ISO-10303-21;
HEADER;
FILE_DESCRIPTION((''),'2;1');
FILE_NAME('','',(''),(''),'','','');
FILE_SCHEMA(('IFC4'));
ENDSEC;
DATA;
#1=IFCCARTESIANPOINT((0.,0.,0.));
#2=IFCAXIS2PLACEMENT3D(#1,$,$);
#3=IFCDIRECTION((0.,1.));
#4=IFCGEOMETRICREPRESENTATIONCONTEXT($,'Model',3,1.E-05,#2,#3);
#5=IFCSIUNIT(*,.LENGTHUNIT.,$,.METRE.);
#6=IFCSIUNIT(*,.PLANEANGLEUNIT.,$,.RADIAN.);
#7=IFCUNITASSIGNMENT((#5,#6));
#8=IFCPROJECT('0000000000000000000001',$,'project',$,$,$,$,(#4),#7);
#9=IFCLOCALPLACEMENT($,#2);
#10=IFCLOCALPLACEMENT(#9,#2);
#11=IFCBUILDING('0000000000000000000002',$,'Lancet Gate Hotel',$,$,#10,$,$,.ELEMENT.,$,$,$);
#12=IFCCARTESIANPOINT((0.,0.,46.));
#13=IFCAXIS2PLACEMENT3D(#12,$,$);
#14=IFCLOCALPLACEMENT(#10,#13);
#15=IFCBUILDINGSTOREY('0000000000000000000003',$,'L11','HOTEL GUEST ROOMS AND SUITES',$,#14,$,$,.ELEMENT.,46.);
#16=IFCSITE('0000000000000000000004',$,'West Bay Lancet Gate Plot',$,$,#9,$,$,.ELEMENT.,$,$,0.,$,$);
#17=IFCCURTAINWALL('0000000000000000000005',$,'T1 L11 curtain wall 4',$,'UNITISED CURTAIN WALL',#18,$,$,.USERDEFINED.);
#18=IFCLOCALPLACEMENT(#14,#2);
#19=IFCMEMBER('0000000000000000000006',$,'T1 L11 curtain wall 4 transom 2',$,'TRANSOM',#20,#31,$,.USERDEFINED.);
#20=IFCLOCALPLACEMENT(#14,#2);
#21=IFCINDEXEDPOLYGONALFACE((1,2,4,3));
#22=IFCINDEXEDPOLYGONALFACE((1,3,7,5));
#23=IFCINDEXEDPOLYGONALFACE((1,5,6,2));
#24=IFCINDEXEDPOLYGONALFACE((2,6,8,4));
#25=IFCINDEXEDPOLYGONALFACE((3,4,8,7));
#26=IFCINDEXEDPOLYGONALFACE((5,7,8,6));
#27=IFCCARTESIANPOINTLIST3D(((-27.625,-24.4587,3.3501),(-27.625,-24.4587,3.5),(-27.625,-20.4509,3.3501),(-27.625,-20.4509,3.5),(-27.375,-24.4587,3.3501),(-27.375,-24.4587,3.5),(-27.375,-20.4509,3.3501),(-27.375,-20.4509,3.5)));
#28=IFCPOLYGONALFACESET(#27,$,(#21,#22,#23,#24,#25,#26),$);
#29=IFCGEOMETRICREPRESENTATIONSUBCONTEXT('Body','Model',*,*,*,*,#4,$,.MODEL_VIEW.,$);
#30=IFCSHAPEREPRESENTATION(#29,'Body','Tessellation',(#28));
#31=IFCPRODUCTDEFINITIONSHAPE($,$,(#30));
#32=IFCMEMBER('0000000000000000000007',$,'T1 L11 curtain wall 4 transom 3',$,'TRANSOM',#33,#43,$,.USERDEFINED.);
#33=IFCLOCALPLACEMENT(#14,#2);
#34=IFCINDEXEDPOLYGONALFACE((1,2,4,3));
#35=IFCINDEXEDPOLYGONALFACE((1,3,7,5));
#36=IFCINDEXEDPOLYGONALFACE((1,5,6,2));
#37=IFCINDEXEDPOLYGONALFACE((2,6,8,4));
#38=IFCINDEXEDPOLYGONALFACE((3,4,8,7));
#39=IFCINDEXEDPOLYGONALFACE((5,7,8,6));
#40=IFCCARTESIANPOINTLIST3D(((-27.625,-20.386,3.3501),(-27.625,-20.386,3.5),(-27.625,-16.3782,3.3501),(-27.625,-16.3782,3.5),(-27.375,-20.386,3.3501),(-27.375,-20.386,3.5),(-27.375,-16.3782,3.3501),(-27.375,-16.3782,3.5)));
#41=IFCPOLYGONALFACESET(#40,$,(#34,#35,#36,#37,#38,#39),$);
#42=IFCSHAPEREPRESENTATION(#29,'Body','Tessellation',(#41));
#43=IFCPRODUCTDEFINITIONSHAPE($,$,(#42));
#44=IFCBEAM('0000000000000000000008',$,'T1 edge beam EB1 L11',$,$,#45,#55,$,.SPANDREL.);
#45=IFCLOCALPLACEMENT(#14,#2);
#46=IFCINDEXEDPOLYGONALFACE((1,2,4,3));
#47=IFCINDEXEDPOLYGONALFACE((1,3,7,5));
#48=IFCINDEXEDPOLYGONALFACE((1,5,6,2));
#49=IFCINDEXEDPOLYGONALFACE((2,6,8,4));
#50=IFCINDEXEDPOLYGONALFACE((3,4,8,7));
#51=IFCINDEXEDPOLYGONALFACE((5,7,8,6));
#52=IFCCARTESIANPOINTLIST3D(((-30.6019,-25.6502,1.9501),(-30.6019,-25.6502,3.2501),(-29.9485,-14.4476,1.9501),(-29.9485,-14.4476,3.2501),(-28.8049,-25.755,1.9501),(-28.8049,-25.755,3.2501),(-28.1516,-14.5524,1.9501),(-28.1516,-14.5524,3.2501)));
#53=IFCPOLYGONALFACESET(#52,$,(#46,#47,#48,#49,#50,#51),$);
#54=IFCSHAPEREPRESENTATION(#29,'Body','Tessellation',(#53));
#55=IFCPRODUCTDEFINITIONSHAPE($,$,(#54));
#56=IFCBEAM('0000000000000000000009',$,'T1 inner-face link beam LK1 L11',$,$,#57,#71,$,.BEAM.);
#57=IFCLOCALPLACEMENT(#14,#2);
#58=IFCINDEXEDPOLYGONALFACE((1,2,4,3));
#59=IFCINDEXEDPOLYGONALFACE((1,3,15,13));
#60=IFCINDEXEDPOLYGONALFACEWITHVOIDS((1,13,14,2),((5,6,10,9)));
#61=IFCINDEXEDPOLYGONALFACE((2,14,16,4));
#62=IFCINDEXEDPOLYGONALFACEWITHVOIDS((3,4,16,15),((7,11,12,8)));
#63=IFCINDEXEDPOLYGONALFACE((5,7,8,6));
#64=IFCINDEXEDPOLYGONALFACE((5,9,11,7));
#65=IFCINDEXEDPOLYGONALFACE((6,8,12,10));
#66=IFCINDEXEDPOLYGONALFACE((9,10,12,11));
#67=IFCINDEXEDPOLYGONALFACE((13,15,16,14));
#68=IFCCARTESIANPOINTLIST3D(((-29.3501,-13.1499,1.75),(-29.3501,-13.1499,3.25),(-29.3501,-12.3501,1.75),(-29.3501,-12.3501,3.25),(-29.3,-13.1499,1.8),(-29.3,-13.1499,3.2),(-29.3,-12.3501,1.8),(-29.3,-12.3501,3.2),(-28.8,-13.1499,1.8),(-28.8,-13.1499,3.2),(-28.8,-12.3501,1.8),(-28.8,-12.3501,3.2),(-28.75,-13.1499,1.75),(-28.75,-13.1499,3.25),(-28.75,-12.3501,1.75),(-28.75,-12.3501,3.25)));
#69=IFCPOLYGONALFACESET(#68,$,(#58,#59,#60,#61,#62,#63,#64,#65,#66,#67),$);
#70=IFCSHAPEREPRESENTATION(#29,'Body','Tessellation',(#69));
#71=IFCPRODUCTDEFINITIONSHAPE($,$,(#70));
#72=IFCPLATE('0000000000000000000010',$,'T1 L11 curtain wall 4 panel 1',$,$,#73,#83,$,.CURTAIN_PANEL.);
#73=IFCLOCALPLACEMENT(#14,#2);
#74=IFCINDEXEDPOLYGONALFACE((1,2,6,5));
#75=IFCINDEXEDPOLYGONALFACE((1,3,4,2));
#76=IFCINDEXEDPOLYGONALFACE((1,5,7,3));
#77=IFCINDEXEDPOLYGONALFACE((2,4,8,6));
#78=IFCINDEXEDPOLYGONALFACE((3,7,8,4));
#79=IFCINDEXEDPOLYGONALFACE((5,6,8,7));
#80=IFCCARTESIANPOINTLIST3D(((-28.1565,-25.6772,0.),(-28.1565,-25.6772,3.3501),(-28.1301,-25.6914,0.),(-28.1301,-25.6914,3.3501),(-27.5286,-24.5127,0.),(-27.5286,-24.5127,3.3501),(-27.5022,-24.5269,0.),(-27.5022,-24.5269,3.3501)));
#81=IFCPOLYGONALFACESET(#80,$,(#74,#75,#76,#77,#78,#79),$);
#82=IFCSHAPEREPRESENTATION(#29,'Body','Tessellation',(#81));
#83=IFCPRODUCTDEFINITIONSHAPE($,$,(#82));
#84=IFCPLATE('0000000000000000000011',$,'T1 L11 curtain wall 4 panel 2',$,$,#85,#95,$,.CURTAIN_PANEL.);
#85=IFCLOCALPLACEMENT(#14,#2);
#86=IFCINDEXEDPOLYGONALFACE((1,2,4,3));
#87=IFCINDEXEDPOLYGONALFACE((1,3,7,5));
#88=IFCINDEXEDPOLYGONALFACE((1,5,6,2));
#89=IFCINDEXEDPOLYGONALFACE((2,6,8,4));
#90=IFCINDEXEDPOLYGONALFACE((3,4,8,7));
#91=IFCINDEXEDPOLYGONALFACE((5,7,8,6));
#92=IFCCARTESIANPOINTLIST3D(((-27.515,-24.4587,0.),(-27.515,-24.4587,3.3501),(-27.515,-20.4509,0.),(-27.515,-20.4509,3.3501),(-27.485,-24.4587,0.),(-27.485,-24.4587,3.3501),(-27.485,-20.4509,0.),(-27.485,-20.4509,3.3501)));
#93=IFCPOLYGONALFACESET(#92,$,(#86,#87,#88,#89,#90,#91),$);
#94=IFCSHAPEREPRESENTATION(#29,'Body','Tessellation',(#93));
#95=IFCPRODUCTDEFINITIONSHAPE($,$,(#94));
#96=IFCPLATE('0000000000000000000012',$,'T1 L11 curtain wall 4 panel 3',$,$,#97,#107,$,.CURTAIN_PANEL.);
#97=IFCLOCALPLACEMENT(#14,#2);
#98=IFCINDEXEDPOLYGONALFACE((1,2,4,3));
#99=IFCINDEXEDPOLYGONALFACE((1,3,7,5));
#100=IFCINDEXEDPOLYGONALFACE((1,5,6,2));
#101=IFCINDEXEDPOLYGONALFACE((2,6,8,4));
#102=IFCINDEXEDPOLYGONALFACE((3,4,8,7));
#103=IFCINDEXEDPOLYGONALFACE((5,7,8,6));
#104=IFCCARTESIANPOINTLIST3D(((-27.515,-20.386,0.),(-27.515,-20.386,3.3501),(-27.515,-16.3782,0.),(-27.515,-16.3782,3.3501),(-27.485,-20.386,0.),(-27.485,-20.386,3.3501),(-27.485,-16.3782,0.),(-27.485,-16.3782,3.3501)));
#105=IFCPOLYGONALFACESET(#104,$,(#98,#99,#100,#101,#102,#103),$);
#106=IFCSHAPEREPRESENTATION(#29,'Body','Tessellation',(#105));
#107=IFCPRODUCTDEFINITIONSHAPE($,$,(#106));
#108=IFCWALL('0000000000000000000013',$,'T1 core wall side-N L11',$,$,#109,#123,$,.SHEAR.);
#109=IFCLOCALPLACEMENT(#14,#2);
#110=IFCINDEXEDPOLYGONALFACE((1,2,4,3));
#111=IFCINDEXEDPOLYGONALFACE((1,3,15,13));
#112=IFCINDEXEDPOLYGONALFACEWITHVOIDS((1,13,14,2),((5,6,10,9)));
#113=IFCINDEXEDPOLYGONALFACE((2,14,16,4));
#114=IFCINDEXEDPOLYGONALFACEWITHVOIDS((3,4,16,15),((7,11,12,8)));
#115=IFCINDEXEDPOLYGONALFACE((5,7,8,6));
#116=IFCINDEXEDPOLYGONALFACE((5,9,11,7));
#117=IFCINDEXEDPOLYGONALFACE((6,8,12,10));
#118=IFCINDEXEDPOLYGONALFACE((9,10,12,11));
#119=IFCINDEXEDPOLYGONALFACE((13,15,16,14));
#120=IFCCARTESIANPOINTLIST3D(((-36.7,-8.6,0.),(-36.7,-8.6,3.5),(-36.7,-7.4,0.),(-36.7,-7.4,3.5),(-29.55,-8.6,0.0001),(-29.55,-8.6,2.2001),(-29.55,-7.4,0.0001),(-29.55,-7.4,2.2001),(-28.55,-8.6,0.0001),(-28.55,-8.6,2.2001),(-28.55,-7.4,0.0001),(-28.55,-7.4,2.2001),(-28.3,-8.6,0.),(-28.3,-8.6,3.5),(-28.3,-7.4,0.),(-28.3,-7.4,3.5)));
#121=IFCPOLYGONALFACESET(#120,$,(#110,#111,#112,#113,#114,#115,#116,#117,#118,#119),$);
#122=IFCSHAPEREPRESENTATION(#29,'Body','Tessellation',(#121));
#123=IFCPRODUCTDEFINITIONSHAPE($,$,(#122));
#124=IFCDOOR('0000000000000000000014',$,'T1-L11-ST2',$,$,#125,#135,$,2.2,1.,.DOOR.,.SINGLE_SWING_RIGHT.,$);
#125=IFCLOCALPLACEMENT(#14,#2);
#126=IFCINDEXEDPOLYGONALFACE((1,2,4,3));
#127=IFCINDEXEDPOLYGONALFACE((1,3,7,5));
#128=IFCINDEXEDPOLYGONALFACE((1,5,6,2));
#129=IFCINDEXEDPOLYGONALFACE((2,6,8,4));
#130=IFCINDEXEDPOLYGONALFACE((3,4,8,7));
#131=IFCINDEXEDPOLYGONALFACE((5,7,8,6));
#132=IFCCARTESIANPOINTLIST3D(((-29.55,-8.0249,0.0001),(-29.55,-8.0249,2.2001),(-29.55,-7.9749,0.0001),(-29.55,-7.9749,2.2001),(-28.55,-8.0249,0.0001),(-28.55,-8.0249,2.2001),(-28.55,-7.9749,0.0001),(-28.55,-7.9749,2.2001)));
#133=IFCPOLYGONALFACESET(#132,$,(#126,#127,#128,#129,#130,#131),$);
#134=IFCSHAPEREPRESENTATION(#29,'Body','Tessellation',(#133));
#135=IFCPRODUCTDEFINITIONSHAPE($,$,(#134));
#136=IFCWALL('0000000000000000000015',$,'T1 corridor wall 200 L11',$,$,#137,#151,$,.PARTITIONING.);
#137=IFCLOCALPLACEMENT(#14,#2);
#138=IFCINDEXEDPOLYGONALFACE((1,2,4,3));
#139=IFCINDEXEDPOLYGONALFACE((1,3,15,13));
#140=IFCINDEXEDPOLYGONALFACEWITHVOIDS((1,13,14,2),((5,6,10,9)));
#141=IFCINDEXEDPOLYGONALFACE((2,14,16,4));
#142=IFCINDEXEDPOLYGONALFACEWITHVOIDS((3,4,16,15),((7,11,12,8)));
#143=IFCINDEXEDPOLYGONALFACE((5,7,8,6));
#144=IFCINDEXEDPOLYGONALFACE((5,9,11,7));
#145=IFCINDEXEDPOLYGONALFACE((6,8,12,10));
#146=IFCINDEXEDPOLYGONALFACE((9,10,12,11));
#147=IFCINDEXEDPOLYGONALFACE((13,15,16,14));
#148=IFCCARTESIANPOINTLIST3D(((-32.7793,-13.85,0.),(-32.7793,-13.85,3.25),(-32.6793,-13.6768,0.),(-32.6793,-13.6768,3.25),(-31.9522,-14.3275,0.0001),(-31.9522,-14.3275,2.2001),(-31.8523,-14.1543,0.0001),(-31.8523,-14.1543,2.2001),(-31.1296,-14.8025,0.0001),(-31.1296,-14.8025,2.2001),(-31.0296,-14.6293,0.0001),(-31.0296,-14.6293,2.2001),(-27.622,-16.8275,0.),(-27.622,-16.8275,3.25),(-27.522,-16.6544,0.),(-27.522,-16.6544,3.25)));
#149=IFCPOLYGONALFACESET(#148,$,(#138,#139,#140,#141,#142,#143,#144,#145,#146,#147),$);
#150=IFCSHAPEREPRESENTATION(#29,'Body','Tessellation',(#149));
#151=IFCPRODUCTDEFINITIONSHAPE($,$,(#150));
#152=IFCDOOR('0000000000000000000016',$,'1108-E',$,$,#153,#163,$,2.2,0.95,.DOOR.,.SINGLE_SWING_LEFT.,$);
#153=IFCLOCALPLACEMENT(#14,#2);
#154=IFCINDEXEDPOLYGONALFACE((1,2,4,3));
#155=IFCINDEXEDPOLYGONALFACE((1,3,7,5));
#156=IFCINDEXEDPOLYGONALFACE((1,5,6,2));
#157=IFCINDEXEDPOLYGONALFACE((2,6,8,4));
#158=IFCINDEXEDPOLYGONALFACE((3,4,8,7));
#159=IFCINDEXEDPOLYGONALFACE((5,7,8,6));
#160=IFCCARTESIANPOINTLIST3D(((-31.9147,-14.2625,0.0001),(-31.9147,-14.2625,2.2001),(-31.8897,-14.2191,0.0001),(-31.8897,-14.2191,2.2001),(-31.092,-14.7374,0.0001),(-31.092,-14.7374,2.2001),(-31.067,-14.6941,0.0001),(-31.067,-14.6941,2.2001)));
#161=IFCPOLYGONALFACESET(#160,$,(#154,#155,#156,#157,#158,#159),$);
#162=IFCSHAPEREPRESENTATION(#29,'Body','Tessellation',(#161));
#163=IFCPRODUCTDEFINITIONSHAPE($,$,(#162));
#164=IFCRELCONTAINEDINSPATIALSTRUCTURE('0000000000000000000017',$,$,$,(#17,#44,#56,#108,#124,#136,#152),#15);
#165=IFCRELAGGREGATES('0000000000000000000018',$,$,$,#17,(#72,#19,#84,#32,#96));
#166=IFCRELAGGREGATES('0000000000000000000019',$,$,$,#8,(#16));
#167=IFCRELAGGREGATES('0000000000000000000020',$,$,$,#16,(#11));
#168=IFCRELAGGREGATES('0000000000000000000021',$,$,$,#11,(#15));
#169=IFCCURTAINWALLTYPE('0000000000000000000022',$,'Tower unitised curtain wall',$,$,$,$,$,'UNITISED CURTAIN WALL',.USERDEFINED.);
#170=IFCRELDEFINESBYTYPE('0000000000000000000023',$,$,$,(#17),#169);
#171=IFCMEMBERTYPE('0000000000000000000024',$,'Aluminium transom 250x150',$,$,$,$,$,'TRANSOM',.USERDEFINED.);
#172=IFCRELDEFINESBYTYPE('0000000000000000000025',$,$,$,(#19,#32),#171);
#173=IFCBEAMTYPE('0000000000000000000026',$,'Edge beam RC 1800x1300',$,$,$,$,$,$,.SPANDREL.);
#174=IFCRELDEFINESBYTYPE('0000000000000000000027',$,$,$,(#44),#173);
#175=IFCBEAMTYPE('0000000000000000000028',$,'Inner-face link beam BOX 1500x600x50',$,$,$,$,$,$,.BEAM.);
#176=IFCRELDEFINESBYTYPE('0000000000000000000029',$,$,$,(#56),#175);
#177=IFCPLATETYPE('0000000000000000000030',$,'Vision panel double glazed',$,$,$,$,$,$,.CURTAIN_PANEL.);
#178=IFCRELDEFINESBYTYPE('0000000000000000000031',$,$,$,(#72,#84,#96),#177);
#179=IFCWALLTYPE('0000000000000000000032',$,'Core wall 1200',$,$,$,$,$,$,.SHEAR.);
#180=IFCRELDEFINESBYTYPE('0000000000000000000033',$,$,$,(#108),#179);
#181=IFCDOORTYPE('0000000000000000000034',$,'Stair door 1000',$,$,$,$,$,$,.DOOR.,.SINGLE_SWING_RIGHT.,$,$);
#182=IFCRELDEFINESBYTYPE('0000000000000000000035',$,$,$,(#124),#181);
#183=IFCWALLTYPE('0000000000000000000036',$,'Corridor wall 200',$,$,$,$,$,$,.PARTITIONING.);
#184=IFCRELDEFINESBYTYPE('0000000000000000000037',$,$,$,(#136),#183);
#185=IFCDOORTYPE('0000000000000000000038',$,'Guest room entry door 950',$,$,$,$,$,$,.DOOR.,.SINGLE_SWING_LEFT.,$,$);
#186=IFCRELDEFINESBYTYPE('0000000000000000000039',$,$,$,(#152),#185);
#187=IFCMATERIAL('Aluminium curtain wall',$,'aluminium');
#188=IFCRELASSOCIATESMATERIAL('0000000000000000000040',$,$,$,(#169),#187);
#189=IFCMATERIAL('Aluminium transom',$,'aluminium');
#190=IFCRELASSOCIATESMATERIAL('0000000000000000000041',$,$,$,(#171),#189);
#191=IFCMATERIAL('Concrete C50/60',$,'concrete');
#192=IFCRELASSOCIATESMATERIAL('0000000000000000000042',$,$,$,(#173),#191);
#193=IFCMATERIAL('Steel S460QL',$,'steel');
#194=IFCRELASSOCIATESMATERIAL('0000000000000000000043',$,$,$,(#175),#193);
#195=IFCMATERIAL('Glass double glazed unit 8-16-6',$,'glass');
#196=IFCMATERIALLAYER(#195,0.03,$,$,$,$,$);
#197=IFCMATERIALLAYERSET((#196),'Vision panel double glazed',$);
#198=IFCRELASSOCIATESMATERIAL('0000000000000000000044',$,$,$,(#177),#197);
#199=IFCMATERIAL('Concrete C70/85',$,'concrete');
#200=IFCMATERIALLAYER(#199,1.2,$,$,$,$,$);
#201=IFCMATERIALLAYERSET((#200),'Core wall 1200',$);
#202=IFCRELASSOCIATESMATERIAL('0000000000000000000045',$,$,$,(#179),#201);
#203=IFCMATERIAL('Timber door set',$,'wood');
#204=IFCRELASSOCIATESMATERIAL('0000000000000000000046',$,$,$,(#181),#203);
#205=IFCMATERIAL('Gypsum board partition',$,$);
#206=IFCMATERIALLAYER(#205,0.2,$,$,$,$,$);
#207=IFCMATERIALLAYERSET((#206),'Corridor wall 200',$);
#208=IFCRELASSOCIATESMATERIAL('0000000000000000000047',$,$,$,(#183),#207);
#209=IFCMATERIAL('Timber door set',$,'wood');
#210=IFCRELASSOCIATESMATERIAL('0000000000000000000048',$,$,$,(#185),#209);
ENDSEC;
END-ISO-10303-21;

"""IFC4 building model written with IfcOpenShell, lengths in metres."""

from ifc_helpers import new_model, si_unit, direction, frame, frame_2d, origin, origin_2d, place, context, subcontext, project, spatial, rectangle, hollow_rectangle, extrude, material, layer, layer_set, material_profile, profile_set, type_object, element, fill, aggregate, save


model = new_model("IFC4")

# Units and contexts
model_context = context("Model", 3, precision=1e-05, world=origin(), true_north=direction((0.0, 1.0)))
body_context = subcontext(model_context, "Body", "Model", "MODEL_VIEW")
ifc_project = project(units=[si_unit("LENGTHUNIT", "METRE"), si_unit("PLANEANGLEUNIT", "RADIAN")], contexts=[model_context])

# Site, building, storey
site_placement = place(None, origin())
site = spatial("IfcSite", under=ifc_project, at=site_placement, Name="West Bay Lancet Gate Plot", CompositionType="ELEMENT", RefElevation=0.0)
building_placement = place(site_placement, origin())
building = spatial("IfcBuilding", under=site, at=building_placement, Name="Lancet Gate Hotel", CompositionType="ELEMENT")
storey_placement = place(building_placement, frame((0.0, 0.0, 46.0)))
storey = spatial("IfcBuildingStorey", under=building, at=storey_placement, Name="L11", Description="HOTEL GUEST ROOMS AND SUITES", CompositionType="ELEMENT", Elevation=46.0)

# Curtain wall, members
ifc_material_1 = material(Name="Aluminium curtain wall", Category="aluminium")
curtain_wall_type = type_object("IfcCurtainWallType", Name="Tower unitised curtain wall", ElementType="UNITISED CURTAIN WALL", PredefinedType="USERDEFINED", material=ifc_material_1)
curtain_wall_placement = place(storey_placement, origin())
curtain_wall = element("IfcCurtainWall", 1, at=curtain_wall_placement, inside=storey, type_object=curtain_wall_type, Name="T1 L11 curtain wall 4", ObjectType="UNITISED CURTAIN WALL", PredefinedType="USERDEFINED")
ifc_material_2 = material(Name="Aluminium transom", Category="aluminium")
ifc_material_profile_1 = material_profile(ifc_material_2, rectangle(XDim=0.25, YDim=0.1499, at=origin_2d()), Name="TRANSOM 250x150")
ifc_profile_set_1 = profile_set([ifc_material_profile_1], Name="Aluminium transom")
member_type_1 = type_object("IfcMemberType", Name="Aluminium transom 250x150", ElementType="TRANSOM", PredefinedType="USERDEFINED", material=ifc_profile_set_1)
member_1_placement = place(storey_placement, frame((-27.5, -24.4587, 3.425), z_axis=(0.0, 1.0, 0.0), x_axis=(-1.0, 0.0, 0.0)))
member_1 = element("IfcMember", 2, at=member_1_placement, type_object=member_type_1, Name="T1 L11 curtain wall 4 transom 2", ObjectType="TRANSOM", PredefinedType="USERDEFINED", context=body_context, shape_type="SweptSolid", body=[
    extrude(rectangle(XDim=0.25, YDim=0.1499, at=origin_2d()), origin(), (0.0, 0.0, 1.0), 4.0078),
])
member_2_placement = place(storey_placement, frame((-27.5, -20.386, 3.425), z_axis=(0.0, 1.0, 0.0), x_axis=(-1.0, 0.0, 0.0)))
member_2 = element("IfcMember", 3, at=member_2_placement, type_object=member_type_1, Name="T1 L11 curtain wall 4 transom 3", ObjectType="TRANSOM", PredefinedType="USERDEFINED", context=body_context, shape_type="SweptSolid", body=[
    extrude(rectangle(XDim=0.25, YDim=0.1499, at=origin_2d()), origin(), (0.0, 0.0, 1.0), 4.0078),
])

# Beams
ifc_material_3 = material(Name="Concrete C50/60", Category="concrete")
ifc_material_profile_2 = material_profile(ifc_material_3, rectangle(XDim=1.8, YDim=1.3, at=origin_2d()), Name="RC 1800x1300")
ifc_profile_set_2 = profile_set([ifc_material_profile_2], Name="Concrete C50/60")
beam_type_1 = type_object("IfcBeamType", Name="Edge beam RC 1800x1300", PredefinedType="SPANDREL", material=ifc_profile_set_2)
beam_1_placement = place(storey_placement, frame((-29.05, -14.5, 2.6001), z_axis=(-0.05822, -0.998304, 0.0), x_axis=(0.998304, -0.05822, 0.0)))
element("IfcBeam", 4, at=beam_1_placement, inside=storey, type_object=beam_type_1, Name="T1 edge beam EB1 L11", PredefinedType="SPANDREL", context=body_context, shape_type="SweptSolid", body=[
    extrude(rectangle(XDim=1.8, YDim=1.3, at=origin_2d()), origin(), (0.0, 0.0, 1.0), 11.2217),
])
ifc_material_4 = material(Name="Steel S460QL", Category="steel")
ifc_material_profile_3 = material_profile(ifc_material_4, hollow_rectangle(XDim=0.6001, YDim=1.5, WallThickness=0.05, at=origin_2d()), Name="BOX 1500x600x50")
ifc_profile_set_3 = profile_set([ifc_material_profile_3], Name="Steel S460QL")
beam_type_2 = type_object("IfcBeamType", Name="Inner-face link beam BOX 1500x600x50", PredefinedType="BEAM", material=ifc_profile_set_3)
beam_2_placement = place(storey_placement, frame((-29.05, -12.3501, 2.5), z_axis=(0.0, -1.0, 0.0), x_axis=(1.0, 0.0, 0.0)))
element("IfcBeam", 5, at=beam_2_placement, inside=storey, type_object=beam_type_2, Name="T1 inner-face link beam LK1 L11", PredefinedType="BEAM", context=body_context, shape_type="SweptSolid", body=[
    extrude(hollow_rectangle(XDim=0.6001, YDim=1.5, WallThickness=0.05, at=origin_2d()), origin(), (0.0, 0.0, 1.0), 0.7998),
])

# Plates
ifc_material_5 = material(Name="Glass double glazed unit 8-16-6", Category="glass")
ifc_layer_1 = layer(ifc_material_5, 0.03)
ifc_layer_set_1 = layer_set([ifc_layer_1], Name="Vision panel double glazed")
plate_type = type_object("IfcPlateType", Name="Vision panel double glazed", PredefinedType="CURTAIN_PANEL", material=ifc_layer_set_1)
plate_1_placement = place(storey_placement, frame((-27.8293, -25.1021, 0.0), z_axis=(0.0, 0.0, 1.0), x_axis=(0.474631, 0.880185, 0.0)))
plate_1 = element("IfcPlate", 6, at=plate_1_placement, type_object=plate_type, Name="T1 L11 curtain wall 4 panel 1", PredefinedType="CURTAIN_PANEL", context=body_context, shape_type="SweptSolid", body=[
    extrude(rectangle(XDim=1.323, YDim=0.03, at=origin_2d()), origin(), (0.0, 0.0, 1.0), 3.3501),
])
plate_2_placement = place(storey_placement, frame((-27.5, -22.4548, 0.0), z_axis=(0.0, 0.0, 1.0), x_axis=(0.0, 1.0, 0.0)))
plate_2 = element("IfcPlate", 7, at=plate_2_placement, type_object=plate_type, Name="T1 L11 curtain wall 4 panel 2", PredefinedType="CURTAIN_PANEL", context=body_context, shape_type="SweptSolid", body=[
    extrude(rectangle(XDim=4.0078, YDim=0.03, at=origin_2d()), origin(), (0.0, 0.0, 1.0), 3.3501),
])
plate_3_placement = place(storey_placement, frame((-27.5, -18.3821, 0.0), z_axis=(0.0, 0.0, 1.0), x_axis=(0.0, 1.0, 0.0)))
plate_3 = element("IfcPlate", 8, at=plate_3_placement, type_object=plate_type, Name="T1 L11 curtain wall 4 panel 3", PredefinedType="CURTAIN_PANEL", context=body_context, shape_type="SweptSolid", body=[
    extrude(rectangle(XDim=4.0078, YDim=0.03, at=origin_2d()), origin(), (0.0, 0.0, 1.0), 3.3501),
])
aggregate(curtain_wall, [plate_1, member_1, plate_2, member_2, plate_3])

# Walls, openings, doors
ifc_material_6 = material(Name="Concrete C70/85", Category="concrete")
ifc_layer_2 = layer(ifc_material_6, 1.2)
ifc_layer_set_2 = layer_set([ifc_layer_2], Name="Core wall 1200")
wall_type_1 = type_object("IfcWallType", Name="Core wall 1200", PredefinedType="SHEAR", material=ifc_layer_set_2)
wall_1_placement = place(storey_placement, frame((-28.3, -8.0, 0.0), z_axis=(0.0, 0.0, 1.0), x_axis=(-1.0, 0.0, 0.0)))
wall_1 = element("IfcWall", 9, at=wall_1_placement, inside=storey, type_object=wall_type_1, Name="T1 core wall side-N L11", PredefinedType="SHEAR", context=body_context, shape_type="SweptSolid", body=[
    extrude(rectangle(XDim=8.3999, YDim=1.2, at=frame_2d((4.2, 0.0))), origin(), (0.0, 0.0, 1.0), 3.5),
])
opening_1_placement = place(wall_1_placement, frame((0.25, 0.0, 0.0)))
opening_1 = element("IfcOpeningElement", 10, at=opening_1_placement, cuts=wall_1, PredefinedType="OPENING", context=body_context, shape_type="SweptSolid", body=[
    extrude(rectangle(XDim=1.0, YDim=2.2, at=frame_2d((0.5, 1.1001))), frame((0.0, 0.6099, 0.0), z_axis=(0.0, -1.0, 0.0), x_axis=(1.0, 0.0, 0.0)), (0.0, 0.0, 1.0), 1.22),
])
ifc_material_7 = material(Name="Timber door set", Category="wood")
door_type_1 = type_object("IfcDoorType", Name="Stair door 1000", OperationType="SINGLE_SWING_RIGHT", PredefinedType="DOOR", material=ifc_material_7)
door_1_placement = place(opening_1_placement, origin())
door_1 = element("IfcDoor", 11, at=door_1_placement, inside=storey, type_object=door_type_1, Name="T1-L11-ST2", OperationType="SINGLE_SWING_RIGHT", OverallHeight=2.2, OverallWidth=1.0, PredefinedType="DOOR", context=body_context, shape_type="SweptSolid", body=[
    extrude(rectangle(XDim=1.0, YDim=2.2, at=frame_2d((0.5, 1.1001))), frame((0.0, 0.0249, 0.0), z_axis=(0.0, -1.0, 0.0), x_axis=(1.0, 0.0, 0.0)), (0.0, 0.0, 1.0), 0.05),
])
fill(opening_1, door_1)
ifc_material_8 = material(Name="Gypsum board partition")
ifc_layer_3 = layer(ifc_material_8, 0.2)
ifc_layer_set_3 = layer_set([ifc_layer_3], Name="Corridor wall 200")
wall_type_2 = type_object("IfcWallType", Name="Corridor wall 200", PredefinedType="PARTITIONING", material=ifc_layer_set_3)
wall_2_placement = place(storey_placement, frame((-27.572, -16.741, 0.0), z_axis=(0.0, 0.0, 1.0), x_axis=(-0.866024, 0.500002, 0.0)))
wall_2 = element("IfcWall", 12, at=wall_2_placement, inside=storey, type_object=wall_type_2, Name="T1 corridor wall 200 L11", PredefinedType="PARTITIONING", context=body_context, shape_type="SweptSolid", body=[
    extrude(rectangle(XDim=5.9551, YDim=0.2, at=frame_2d((2.9775, 0.0))), origin(), (0.0, 0.0, 1.0), 3.25),
])
opening_2_placement = place(wall_2_placement, frame((4.05, 0.0, 0.0)))
opening_2 = element("IfcOpeningElement", 13, at=opening_2_placement, cuts=wall_2, PredefinedType="OPENING", context=body_context, shape_type="SweptSolid", body=[
    extrude(rectangle(XDim=0.95, YDim=2.2, at=frame_2d((0.4751, 1.1001))), frame((0.0, 0.1099, 0.0), z_axis=(0.0, -1.0, 0.0), x_axis=(1.0, 0.0, 0.0)), (0.0, 0.0, 1.0), 0.22),
])
ifc_material_9 = material(Name="Timber door set", Category="wood")
door_type_2 = type_object("IfcDoorType", Name="Guest room entry door 950", OperationType="SINGLE_SWING_LEFT", PredefinedType="DOOR", material=ifc_material_9)
door_2_placement = place(opening_2_placement, origin())
door_2 = element("IfcDoor", 14, at=door_2_placement, inside=storey, type_object=door_type_2, Name="1108-E", OperationType="SINGLE_SWING_LEFT", OverallHeight=2.2, OverallWidth=0.95, PredefinedType="DOOR", context=body_context, shape_type="SweptSolid", body=[
    extrude(rectangle(XDim=0.95, YDim=2.2, at=frame_2d((0.4751, 1.1001))), frame((0.0, 0.0249, 0.0), z_axis=(0.0, -1.0, 0.0), x_axis=(1.0, 0.0, 0.0)), (0.0, 0.0, 1.0), 0.05),
])
fill(opening_2, door_2)

save(model, "model.ifc")
